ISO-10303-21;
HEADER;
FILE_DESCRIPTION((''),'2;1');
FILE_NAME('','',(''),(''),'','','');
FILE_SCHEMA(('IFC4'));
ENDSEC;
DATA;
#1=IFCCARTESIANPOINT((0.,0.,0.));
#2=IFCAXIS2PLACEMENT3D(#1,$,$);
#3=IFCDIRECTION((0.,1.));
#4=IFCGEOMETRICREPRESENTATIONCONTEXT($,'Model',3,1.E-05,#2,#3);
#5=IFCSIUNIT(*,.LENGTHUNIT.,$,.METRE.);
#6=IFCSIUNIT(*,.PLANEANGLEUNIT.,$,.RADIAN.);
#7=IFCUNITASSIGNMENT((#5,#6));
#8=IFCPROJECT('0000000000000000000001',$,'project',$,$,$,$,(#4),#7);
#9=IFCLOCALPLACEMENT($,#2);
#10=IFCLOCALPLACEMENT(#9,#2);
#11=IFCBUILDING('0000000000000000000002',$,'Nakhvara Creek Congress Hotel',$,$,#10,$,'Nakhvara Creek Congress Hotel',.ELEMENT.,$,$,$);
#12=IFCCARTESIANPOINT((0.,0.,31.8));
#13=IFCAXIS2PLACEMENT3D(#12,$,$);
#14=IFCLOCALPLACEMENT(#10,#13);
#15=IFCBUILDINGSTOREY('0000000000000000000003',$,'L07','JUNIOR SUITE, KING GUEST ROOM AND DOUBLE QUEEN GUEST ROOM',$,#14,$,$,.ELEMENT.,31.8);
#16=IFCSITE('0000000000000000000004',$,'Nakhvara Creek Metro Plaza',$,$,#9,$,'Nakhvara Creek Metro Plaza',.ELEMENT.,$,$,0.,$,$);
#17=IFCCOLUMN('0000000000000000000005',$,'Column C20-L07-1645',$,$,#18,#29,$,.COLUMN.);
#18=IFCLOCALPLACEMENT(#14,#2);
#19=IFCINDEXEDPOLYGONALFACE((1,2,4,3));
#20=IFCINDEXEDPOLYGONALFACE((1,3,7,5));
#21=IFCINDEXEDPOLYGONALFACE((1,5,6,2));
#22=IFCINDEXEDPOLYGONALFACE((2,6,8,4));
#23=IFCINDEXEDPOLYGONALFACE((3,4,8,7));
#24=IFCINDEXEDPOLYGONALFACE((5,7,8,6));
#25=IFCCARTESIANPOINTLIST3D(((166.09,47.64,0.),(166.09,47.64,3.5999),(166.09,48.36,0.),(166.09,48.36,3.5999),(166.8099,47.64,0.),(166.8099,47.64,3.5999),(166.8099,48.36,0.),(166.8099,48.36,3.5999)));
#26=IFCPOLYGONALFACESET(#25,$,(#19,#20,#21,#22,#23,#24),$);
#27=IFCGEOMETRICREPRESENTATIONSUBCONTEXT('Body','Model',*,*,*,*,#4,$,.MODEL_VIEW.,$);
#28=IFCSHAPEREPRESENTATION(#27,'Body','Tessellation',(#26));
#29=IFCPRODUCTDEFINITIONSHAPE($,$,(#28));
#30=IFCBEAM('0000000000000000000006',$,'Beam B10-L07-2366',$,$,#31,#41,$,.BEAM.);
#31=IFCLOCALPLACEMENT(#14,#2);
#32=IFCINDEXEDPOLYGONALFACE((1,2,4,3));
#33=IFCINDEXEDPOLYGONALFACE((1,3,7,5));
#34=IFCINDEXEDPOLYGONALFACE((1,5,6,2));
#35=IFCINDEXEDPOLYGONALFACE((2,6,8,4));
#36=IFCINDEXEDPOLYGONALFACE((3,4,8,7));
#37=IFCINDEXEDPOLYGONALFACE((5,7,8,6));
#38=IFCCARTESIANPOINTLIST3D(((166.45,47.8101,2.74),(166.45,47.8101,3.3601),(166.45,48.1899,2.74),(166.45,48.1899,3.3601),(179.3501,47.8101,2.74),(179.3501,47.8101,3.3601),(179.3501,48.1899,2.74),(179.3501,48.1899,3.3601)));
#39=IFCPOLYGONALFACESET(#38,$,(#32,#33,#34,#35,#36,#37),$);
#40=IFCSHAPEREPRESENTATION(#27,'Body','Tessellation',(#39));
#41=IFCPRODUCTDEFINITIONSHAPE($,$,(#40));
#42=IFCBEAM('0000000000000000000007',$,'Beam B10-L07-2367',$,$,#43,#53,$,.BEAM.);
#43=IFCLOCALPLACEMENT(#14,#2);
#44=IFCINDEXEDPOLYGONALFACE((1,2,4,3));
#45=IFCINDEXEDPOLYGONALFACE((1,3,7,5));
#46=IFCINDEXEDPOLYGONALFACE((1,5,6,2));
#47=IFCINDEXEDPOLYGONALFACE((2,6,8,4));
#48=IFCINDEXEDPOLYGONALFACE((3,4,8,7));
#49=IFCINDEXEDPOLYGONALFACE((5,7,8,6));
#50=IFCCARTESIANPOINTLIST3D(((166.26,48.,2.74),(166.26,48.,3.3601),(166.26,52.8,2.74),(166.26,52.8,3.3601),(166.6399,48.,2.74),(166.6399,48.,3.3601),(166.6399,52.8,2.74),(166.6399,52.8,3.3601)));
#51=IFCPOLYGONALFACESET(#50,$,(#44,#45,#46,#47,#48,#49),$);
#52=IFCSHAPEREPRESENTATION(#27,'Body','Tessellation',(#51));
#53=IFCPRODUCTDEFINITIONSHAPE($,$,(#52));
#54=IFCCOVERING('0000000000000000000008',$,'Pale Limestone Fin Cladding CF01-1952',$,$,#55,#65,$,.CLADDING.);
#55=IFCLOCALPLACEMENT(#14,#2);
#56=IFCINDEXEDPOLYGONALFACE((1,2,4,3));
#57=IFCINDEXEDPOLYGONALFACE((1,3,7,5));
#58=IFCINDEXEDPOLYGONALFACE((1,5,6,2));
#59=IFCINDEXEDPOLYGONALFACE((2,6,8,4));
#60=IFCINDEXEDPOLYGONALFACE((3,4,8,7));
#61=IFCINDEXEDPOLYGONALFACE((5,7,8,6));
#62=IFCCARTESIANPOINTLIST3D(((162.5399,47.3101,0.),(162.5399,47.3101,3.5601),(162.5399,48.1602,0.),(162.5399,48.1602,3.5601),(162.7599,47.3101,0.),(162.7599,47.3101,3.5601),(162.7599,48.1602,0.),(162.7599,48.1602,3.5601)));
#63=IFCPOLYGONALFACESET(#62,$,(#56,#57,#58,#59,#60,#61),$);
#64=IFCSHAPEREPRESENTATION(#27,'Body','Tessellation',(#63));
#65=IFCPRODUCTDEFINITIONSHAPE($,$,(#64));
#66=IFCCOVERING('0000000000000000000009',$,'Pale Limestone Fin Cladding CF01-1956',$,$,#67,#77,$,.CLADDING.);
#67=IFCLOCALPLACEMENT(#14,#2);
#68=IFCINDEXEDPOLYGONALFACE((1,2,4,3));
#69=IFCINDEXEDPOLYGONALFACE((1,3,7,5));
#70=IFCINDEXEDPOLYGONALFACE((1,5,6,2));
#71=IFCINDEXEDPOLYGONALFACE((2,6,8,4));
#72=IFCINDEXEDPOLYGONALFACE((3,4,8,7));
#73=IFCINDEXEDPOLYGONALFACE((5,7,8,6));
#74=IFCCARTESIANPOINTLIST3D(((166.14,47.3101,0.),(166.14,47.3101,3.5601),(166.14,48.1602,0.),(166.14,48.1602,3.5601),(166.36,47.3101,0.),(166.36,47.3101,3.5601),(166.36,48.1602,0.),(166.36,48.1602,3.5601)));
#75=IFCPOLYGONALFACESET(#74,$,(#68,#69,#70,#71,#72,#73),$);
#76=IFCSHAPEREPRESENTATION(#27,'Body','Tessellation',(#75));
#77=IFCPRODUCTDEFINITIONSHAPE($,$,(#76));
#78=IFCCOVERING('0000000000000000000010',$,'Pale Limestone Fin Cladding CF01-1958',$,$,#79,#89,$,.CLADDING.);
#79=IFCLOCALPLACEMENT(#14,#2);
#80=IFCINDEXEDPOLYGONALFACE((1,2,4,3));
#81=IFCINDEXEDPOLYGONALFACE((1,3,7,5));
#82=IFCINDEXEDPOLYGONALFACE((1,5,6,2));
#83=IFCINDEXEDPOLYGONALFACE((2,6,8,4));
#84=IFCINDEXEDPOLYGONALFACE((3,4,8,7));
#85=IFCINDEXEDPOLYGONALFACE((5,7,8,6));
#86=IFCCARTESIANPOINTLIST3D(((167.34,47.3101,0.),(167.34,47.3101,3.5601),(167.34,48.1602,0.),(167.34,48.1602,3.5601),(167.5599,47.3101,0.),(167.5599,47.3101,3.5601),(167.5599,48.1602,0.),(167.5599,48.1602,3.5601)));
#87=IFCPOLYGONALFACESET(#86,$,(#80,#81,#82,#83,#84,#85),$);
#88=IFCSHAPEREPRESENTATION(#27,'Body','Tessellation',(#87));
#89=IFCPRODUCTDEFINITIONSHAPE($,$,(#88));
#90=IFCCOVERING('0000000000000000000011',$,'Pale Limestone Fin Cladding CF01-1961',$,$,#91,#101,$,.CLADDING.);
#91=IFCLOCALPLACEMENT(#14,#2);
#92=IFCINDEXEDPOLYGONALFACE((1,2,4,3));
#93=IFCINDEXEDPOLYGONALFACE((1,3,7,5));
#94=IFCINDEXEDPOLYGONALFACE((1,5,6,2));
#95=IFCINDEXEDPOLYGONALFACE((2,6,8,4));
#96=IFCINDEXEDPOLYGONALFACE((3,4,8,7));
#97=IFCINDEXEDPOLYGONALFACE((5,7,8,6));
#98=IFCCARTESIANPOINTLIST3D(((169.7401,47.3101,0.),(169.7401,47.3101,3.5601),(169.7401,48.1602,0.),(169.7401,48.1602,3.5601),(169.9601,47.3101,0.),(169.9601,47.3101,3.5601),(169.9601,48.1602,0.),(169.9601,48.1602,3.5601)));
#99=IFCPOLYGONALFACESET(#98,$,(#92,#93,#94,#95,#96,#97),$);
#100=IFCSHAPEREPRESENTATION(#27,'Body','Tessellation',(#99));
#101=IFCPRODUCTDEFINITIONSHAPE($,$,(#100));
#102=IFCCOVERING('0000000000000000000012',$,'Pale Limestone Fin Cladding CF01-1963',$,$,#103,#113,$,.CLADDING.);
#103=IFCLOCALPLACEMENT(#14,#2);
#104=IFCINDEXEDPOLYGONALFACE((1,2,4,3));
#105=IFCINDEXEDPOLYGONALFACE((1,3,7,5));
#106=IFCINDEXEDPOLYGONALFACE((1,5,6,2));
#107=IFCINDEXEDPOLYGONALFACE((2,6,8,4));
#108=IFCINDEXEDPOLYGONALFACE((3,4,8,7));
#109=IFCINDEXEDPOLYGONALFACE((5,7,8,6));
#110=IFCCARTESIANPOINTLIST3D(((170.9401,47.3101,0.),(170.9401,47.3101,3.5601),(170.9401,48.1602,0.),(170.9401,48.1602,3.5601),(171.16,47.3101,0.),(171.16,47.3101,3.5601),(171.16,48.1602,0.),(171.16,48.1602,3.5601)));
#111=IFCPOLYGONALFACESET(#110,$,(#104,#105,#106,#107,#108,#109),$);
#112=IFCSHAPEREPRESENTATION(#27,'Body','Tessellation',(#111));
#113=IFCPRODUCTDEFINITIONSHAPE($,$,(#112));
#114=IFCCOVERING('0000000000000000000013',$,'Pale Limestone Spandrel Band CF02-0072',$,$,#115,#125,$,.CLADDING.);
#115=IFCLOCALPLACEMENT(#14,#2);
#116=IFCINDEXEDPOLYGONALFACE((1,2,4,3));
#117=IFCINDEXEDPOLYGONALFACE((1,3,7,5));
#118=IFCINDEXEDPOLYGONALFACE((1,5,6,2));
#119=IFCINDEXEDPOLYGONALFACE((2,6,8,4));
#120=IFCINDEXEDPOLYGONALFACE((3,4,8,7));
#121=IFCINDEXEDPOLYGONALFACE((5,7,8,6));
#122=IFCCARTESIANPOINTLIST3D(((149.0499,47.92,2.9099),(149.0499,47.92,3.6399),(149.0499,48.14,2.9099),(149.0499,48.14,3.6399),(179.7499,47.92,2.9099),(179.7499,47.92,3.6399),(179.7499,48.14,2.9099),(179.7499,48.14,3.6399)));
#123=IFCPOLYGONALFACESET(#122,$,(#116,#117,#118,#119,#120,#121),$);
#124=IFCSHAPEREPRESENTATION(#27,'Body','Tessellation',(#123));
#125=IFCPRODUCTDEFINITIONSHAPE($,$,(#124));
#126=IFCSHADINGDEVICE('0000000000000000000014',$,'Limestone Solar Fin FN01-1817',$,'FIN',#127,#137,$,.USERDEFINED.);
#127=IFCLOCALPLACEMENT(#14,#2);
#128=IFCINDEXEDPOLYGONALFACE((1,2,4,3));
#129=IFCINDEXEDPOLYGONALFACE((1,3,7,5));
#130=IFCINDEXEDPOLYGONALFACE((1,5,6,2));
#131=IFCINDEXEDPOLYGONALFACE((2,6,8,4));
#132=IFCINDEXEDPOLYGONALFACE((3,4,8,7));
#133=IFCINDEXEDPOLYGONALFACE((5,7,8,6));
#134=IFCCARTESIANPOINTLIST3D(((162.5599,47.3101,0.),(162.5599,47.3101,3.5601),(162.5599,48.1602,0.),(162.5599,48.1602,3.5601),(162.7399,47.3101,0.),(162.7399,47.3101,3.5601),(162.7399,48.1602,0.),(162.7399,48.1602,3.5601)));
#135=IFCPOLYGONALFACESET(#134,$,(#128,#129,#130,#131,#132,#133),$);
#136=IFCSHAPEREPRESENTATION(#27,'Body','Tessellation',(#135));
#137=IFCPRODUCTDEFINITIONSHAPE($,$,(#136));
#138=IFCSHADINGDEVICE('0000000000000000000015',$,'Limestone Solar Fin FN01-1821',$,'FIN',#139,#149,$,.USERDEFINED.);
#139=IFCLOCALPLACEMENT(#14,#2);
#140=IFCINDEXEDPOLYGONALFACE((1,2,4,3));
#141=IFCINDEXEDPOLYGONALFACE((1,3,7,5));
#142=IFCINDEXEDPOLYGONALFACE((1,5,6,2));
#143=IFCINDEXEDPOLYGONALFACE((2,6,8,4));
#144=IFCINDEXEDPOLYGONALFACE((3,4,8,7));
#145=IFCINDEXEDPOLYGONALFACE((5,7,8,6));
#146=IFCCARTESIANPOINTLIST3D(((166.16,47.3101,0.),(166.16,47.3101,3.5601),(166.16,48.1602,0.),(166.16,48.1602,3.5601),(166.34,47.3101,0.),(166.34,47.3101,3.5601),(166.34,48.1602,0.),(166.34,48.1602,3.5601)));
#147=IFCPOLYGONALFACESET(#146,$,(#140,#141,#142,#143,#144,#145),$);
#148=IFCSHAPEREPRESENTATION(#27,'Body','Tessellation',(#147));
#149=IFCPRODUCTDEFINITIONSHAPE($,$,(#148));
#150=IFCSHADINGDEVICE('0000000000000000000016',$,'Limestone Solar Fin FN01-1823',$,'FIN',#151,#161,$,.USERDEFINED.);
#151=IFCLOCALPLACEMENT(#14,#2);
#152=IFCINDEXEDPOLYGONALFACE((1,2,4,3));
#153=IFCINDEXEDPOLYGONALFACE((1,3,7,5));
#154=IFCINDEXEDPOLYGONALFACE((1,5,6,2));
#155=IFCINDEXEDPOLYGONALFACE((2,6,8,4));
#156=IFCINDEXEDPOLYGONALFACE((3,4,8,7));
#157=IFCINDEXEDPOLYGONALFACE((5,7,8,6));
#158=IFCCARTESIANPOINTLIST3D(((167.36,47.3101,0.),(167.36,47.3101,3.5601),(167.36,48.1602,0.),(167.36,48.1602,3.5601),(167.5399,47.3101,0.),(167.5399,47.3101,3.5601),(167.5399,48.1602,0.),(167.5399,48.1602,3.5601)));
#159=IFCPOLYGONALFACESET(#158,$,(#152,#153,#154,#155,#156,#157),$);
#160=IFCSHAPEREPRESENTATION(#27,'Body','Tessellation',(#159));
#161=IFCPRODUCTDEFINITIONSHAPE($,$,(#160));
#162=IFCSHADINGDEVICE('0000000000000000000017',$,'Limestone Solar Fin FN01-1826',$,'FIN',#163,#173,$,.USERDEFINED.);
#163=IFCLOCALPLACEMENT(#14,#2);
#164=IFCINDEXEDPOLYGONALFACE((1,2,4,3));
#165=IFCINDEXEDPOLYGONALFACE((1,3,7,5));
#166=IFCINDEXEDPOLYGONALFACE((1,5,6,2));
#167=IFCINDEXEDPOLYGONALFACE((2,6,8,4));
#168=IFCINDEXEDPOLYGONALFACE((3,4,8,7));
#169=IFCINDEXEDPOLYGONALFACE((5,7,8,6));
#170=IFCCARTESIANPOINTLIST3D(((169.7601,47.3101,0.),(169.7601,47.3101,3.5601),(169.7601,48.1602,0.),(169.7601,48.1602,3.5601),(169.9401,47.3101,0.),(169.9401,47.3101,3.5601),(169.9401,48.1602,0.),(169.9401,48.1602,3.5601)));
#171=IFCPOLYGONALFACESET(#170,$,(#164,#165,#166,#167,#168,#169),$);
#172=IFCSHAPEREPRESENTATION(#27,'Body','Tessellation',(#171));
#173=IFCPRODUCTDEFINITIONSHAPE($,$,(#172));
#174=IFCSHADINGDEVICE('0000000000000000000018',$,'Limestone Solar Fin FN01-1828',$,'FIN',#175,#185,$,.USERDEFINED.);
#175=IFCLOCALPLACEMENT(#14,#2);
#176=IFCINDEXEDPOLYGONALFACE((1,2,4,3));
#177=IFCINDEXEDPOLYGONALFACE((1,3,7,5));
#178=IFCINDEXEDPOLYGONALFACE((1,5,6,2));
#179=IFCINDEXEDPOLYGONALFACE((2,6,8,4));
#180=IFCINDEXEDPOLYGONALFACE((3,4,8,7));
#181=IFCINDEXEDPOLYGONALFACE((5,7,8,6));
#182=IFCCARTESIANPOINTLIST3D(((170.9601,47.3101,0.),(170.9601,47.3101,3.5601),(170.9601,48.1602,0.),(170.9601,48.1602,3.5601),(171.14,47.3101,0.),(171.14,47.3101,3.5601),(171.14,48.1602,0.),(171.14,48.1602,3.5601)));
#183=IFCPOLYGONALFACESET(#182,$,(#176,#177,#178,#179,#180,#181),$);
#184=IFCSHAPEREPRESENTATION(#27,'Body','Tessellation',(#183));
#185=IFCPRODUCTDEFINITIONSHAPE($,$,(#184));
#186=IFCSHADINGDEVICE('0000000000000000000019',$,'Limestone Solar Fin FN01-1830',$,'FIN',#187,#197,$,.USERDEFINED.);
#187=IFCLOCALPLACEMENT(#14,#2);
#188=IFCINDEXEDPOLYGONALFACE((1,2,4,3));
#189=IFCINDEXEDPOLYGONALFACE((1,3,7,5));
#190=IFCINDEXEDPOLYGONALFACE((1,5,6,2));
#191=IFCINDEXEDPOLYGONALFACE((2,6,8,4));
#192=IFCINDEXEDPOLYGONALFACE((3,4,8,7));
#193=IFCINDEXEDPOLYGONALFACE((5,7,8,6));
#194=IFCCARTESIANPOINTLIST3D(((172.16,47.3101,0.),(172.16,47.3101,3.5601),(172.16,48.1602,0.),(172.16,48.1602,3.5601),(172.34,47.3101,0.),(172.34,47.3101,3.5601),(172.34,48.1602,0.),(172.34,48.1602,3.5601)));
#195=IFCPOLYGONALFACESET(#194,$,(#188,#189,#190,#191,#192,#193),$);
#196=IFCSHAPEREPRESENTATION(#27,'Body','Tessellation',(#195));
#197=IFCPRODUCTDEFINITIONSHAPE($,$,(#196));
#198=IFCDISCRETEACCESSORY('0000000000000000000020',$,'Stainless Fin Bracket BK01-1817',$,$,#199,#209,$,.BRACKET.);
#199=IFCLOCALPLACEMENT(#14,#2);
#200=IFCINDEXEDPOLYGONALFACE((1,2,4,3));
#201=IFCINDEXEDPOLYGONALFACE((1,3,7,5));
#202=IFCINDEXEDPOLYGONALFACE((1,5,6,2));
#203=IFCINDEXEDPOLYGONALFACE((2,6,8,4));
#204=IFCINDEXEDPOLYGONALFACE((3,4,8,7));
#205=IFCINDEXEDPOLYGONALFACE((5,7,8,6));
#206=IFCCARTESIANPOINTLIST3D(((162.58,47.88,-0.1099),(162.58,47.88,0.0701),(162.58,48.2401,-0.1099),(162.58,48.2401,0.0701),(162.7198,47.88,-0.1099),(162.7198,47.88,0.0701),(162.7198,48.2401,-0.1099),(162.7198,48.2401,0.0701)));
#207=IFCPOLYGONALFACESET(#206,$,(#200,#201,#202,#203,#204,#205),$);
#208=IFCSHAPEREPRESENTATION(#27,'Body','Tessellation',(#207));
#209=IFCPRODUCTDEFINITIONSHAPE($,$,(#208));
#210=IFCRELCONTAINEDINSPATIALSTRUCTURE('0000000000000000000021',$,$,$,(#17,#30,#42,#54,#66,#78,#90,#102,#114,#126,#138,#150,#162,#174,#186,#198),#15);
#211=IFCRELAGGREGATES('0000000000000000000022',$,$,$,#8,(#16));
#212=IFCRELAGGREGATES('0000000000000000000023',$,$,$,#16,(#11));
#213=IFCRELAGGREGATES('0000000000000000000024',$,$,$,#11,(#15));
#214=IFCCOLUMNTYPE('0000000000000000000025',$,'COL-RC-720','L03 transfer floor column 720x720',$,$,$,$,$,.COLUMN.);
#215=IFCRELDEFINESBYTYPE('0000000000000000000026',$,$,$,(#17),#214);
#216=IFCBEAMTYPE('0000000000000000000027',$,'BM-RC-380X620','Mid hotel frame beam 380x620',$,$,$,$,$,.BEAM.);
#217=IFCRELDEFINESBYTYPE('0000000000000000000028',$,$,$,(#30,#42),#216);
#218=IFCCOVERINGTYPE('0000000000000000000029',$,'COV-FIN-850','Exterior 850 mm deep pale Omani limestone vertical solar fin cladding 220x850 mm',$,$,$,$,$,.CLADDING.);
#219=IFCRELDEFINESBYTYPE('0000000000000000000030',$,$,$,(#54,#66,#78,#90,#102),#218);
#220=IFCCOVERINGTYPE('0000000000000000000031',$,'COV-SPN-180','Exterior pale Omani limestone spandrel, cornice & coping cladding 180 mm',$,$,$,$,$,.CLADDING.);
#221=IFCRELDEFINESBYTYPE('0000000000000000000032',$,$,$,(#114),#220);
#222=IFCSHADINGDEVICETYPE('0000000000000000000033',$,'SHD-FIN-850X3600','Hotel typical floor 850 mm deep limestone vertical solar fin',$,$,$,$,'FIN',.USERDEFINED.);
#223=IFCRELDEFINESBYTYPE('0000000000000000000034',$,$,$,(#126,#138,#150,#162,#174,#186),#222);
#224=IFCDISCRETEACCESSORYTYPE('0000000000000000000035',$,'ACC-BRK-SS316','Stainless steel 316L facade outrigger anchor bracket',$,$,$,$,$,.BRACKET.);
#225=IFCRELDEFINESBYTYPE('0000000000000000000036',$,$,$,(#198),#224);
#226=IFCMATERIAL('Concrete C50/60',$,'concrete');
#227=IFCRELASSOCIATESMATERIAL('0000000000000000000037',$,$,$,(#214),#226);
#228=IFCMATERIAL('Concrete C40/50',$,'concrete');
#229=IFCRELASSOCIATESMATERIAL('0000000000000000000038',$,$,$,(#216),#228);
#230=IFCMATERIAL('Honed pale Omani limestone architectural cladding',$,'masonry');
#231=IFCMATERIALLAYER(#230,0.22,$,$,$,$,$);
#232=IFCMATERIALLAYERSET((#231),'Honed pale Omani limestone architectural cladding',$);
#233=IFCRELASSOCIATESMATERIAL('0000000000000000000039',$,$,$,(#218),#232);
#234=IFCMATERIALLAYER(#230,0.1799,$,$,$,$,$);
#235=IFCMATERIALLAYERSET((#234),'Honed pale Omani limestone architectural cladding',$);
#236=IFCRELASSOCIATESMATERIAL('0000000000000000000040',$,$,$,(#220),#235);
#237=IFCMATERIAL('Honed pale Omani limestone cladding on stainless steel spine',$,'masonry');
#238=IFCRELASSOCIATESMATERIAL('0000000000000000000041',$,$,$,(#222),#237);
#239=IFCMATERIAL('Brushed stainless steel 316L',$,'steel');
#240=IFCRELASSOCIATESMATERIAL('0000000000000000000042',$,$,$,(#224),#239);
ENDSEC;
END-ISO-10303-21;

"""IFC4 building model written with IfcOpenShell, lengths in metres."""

from ifc_helpers import new_model, si_unit, direction, frame, origin, origin_2d, place, context, subcontext, project, spatial, rectangle, extrude, material, layer, layer_set, material_profile, profile_set, type_object, element, save


model = new_model("IFC4")

# Units and contexts
model_context = context("Model", 3, precision=1e-05, world=origin(), true_north=direction((0.0, 1.0)))
body_context = subcontext(model_context, "Body", "Model", "MODEL_VIEW")
ifc_project = project(units=[si_unit("LENGTHUNIT", "METRE"), si_unit("PLANEANGLEUNIT", "RADIAN")], contexts=[model_context])

# Site, building, storey
site_placement = place(None, origin())
site = spatial("IfcSite", under=ifc_project, at=site_placement, Name="Nakhvara Creek Metro Plaza", LongName="Nakhvara Creek Metro Plaza", CompositionType="ELEMENT", RefElevation=0.0)
building_placement = place(site_placement, origin())
building = spatial("IfcBuilding", under=site, at=building_placement, Name="Nakhvara Creek Congress Hotel", LongName="Nakhvara Creek Congress Hotel", CompositionType="ELEMENT")
storey_placement = place(building_placement, frame((0.0, 0.0, 31.8)))
storey = spatial("IfcBuildingStorey", under=building, at=storey_placement, Name="L07", Description="JUNIOR SUITE, KING GUEST ROOM AND DOUBLE QUEEN GUEST ROOM", CompositionType="ELEMENT", Elevation=31.8)

# Column
ifc_material_1 = material(Name="Concrete C50/60", Category="concrete")
ifc_material_profile_1 = material_profile(ifc_material_1, rectangle(XDim=0.72, YDim=0.72, at=origin_2d()), Name="RC-COL 720x720", Category="LoadBearing")
ifc_profile_set_1 = profile_set([ifc_material_profile_1], Name="Concrete C50/60")
column_type = type_object("IfcColumnType", Name="COL-RC-720", Description="L03 transfer floor column 720x720", PredefinedType="COLUMN", material=ifc_profile_set_1)
column_placement = place(storey_placement, frame((166.45, 48.0, 0.0), z_axis=(0.0, 0.0, 1.0), x_axis=(1.0, 0.0, 0.0)))
element("IfcColumn", 1, at=column_placement, inside=storey, type_object=column_type, Name="Column C20-L07-1645", PredefinedType="COLUMN", context=body_context, shape_type="SweptSolid", body=[
    extrude(rectangle(XDim=0.72, YDim=0.72, at=origin_2d()), origin(), (0.0, 0.0, 1.0), 3.5999),
])

# Beams
ifc_material_2 = material(Name="Concrete C40/50", Category="concrete")
ifc_material_profile_2 = material_profile(ifc_material_2, rectangle(XDim=0.3799, YDim=0.6201, at=origin_2d()), Name="RC-BM 380x620", Category="LoadBearing")
ifc_profile_set_2 = profile_set([ifc_material_profile_2], Name="Concrete C40/50")
beam_type = type_object("IfcBeamType", Name="BM-RC-380X620", Description="Mid hotel frame beam 380x620", PredefinedType="BEAM", material=ifc_profile_set_2)
beam_1_placement = place(storey_placement, frame((166.45, 48.0, 3.05), z_axis=(1.0, 0.0, 0.0), x_axis=(0.0, 1.0, 0.0)))
element("IfcBeam", 2, at=beam_1_placement, inside=storey, type_object=beam_type, Name="Beam B10-L07-2366", PredefinedType="BEAM", context=body_context, shape_type="SweptSolid", body=[
    extrude(rectangle(XDim=0.3799, YDim=0.6201, at=origin_2d()), origin(), (0.0, 0.0, 1.0), 12.9001),
])
beam_2_placement = place(storey_placement, frame((166.45, 48.0, 3.05), z_axis=(0.0, 1.0, 0.0), x_axis=(-1.0, 0.0, 0.0)))
element("IfcBeam", 3, at=beam_2_placement, inside=storey, type_object=beam_type, Name="Beam B10-L07-2367", PredefinedType="BEAM", context=body_context, shape_type="SweptSolid", body=[
    extrude(rectangle(XDim=0.3799, YDim=0.6201, at=origin_2d()), origin(), (0.0, 0.0, 1.0), 4.8),
])

# Coverings
ifc_material_3 = material(Name="Honed pale Omani limestone architectural cladding", Category="masonry")
ifc_layer_1 = layer(ifc_material_3, 0.22)
ifc_layer_set_1 = layer_set([ifc_layer_1], Name="Honed pale Omani limestone architectural cladding")
covering_type_1 = type_object("IfcCoveringType", Name="COV-FIN-850", Description="Exterior 850 mm deep pale Omani limestone vertical solar fin cladding 220x850 mm", PredefinedType="CLADDING", material=ifc_layer_set_1)
for number, where, z_axis, x_axis, name in (
    (4, (162.6499, 47.7351, 0.0), (0.0, 0.0, 1.0), (1.0, 0.0, 0.0), "Pale Limestone Fin Cladding CF01-1952"),
    (5, (166.25, 47.7351, 0.0), (0.0, 0.0, 1.0), (1.0, 0.0, 0.0), "Pale Limestone Fin Cladding CF01-1956"),
    (6, (167.45, 47.7351, 0.0), (0.0, 0.0, 1.0), (1.0, 0.0, 0.0), "Pale Limestone Fin Cladding CF01-1958"),
    (7, (169.8501, 47.7351, 0.0), (0.0, 0.0, 1.0), (1.0, 0.0, 0.0), "Pale Limestone Fin Cladding CF01-1961"),
    (8, (171.05, 47.7351, 0.0), (0.0, 0.0, 1.0), (1.0, 0.0, 0.0), "Pale Limestone Fin Cladding CF01-1963"),
):
    element("IfcCovering", number, at=place(storey_placement, frame(where, z_axis=z_axis, x_axis=x_axis)), inside=storey, type_object=covering_type_1, Name=name, PredefinedType="CLADDING", context=body_context, shape_type="SweptSolid", body=[
        extrude(rectangle(XDim=0.22, YDim=0.8501, at=origin_2d()), origin(), (0.0, 0.0, 1.0), 3.5601),
    ])
ifc_layer_2 = layer(ifc_material_3, 0.1799)
ifc_layer_set_2 = layer_set([ifc_layer_2], Name="Honed pale Omani limestone architectural cladding")
covering_type_2 = type_object("IfcCoveringType", Name="COV-SPN-180", Description="Exterior pale Omani limestone spandrel, cornice & coping cladding 180 mm", PredefinedType="CLADDING", material=ifc_layer_set_2)
covering_placement = place(storey_placement, frame((164.3999, 48.03, 2.9099), z_axis=(0.0, 0.0, 1.0), x_axis=(1.0, 0.0, 0.0)))
element("IfcCovering", 9, at=covering_placement, inside=storey, type_object=covering_type_2, Name="Pale Limestone Spandrel Band CF02-0072", PredefinedType="CLADDING", context=body_context, shape_type="SweptSolid", body=[
    extrude(rectangle(XDim=30.7, YDim=0.22, at=origin_2d()), origin(), (0.0, 0.0, 1.0), 0.73),
])

# Shading devices
ifc_material_4 = material(Name="Honed pale Omani limestone cladding on stainless steel spine", Category="masonry")
shading_device_type = type_object("IfcShadingDeviceType", Name="SHD-FIN-850X3600", Description="Hotel typical floor 850 mm deep limestone vertical solar fin", ElementType="FIN", PredefinedType="USERDEFINED", material=ifc_material_4)
for number, where, z_axis, x_axis, name in (
    (10, (162.6499, 47.7351, 0.0), (0.0, 0.0, 1.0), (1.0, 0.0, 0.0), "Limestone Solar Fin FN01-1817"),
    (11, (166.25, 47.7351, 0.0), (0.0, 0.0, 1.0), (1.0, 0.0, 0.0), "Limestone Solar Fin FN01-1821"),
    (12, (167.45, 47.7351, 0.0), (0.0, 0.0, 1.0), (1.0, 0.0, 0.0), "Limestone Solar Fin FN01-1823"),
    (13, (169.8501, 47.7351, 0.0), (0.0, 0.0, 1.0), (1.0, 0.0, 0.0), "Limestone Solar Fin FN01-1826"),
    (14, (171.05, 47.7351, 0.0), (0.0, 0.0, 1.0), (1.0, 0.0, 0.0), "Limestone Solar Fin FN01-1828"),
    (15, (172.25, 47.7351, 0.0), (0.0, 0.0, 1.0), (1.0, 0.0, 0.0), "Limestone Solar Fin FN01-1830"),
):
    element("IfcShadingDevice", number, at=place(storey_placement, frame(where, z_axis=z_axis, x_axis=x_axis)), inside=storey, type_object=shading_device_type, Name=name, ObjectType="FIN", PredefinedType="USERDEFINED", context=body_context, shape_type="SweptSolid", body=[
        extrude(rectangle(XDim=0.1799, YDim=0.8501, at=origin_2d()), origin(), (0.0, 0.0, 1.0), 3.5601),
    ])

# Discrete accessory
ifc_material_5 = material(Name="Brushed stainless steel 316L", Category="steel")
discrete_accessory_type = type_object("IfcDiscreteAccessoryType", Name="ACC-BRK-SS316", Description="Stainless steel 316L facade outrigger anchor bracket", PredefinedType="BRACKET", material=ifc_material_5)
for number, where, z_axis, x_axis, name in (
    (16, (162.6499, 48.0601, -0.1099), (0.0, 0.0, 1.0), (1.0, 0.0, 0.0), "Stainless Fin Bracket BK01-1817"),
):
    element("IfcDiscreteAccessory", number, at=place(storey_placement, frame(where, z_axis=z_axis, x_axis=x_axis)), inside=storey, type_object=discrete_accessory_type, Name=name, PredefinedType="BRACKET", context=body_context, shape_type="SweptSolid", body=[
        extrude(rectangle(XDim=0.1399, YDim=0.3601, at=origin_2d()), origin(), (0.0, 0.0, 1.0), 0.1799),
    ])

save(model, "model.ifc")
